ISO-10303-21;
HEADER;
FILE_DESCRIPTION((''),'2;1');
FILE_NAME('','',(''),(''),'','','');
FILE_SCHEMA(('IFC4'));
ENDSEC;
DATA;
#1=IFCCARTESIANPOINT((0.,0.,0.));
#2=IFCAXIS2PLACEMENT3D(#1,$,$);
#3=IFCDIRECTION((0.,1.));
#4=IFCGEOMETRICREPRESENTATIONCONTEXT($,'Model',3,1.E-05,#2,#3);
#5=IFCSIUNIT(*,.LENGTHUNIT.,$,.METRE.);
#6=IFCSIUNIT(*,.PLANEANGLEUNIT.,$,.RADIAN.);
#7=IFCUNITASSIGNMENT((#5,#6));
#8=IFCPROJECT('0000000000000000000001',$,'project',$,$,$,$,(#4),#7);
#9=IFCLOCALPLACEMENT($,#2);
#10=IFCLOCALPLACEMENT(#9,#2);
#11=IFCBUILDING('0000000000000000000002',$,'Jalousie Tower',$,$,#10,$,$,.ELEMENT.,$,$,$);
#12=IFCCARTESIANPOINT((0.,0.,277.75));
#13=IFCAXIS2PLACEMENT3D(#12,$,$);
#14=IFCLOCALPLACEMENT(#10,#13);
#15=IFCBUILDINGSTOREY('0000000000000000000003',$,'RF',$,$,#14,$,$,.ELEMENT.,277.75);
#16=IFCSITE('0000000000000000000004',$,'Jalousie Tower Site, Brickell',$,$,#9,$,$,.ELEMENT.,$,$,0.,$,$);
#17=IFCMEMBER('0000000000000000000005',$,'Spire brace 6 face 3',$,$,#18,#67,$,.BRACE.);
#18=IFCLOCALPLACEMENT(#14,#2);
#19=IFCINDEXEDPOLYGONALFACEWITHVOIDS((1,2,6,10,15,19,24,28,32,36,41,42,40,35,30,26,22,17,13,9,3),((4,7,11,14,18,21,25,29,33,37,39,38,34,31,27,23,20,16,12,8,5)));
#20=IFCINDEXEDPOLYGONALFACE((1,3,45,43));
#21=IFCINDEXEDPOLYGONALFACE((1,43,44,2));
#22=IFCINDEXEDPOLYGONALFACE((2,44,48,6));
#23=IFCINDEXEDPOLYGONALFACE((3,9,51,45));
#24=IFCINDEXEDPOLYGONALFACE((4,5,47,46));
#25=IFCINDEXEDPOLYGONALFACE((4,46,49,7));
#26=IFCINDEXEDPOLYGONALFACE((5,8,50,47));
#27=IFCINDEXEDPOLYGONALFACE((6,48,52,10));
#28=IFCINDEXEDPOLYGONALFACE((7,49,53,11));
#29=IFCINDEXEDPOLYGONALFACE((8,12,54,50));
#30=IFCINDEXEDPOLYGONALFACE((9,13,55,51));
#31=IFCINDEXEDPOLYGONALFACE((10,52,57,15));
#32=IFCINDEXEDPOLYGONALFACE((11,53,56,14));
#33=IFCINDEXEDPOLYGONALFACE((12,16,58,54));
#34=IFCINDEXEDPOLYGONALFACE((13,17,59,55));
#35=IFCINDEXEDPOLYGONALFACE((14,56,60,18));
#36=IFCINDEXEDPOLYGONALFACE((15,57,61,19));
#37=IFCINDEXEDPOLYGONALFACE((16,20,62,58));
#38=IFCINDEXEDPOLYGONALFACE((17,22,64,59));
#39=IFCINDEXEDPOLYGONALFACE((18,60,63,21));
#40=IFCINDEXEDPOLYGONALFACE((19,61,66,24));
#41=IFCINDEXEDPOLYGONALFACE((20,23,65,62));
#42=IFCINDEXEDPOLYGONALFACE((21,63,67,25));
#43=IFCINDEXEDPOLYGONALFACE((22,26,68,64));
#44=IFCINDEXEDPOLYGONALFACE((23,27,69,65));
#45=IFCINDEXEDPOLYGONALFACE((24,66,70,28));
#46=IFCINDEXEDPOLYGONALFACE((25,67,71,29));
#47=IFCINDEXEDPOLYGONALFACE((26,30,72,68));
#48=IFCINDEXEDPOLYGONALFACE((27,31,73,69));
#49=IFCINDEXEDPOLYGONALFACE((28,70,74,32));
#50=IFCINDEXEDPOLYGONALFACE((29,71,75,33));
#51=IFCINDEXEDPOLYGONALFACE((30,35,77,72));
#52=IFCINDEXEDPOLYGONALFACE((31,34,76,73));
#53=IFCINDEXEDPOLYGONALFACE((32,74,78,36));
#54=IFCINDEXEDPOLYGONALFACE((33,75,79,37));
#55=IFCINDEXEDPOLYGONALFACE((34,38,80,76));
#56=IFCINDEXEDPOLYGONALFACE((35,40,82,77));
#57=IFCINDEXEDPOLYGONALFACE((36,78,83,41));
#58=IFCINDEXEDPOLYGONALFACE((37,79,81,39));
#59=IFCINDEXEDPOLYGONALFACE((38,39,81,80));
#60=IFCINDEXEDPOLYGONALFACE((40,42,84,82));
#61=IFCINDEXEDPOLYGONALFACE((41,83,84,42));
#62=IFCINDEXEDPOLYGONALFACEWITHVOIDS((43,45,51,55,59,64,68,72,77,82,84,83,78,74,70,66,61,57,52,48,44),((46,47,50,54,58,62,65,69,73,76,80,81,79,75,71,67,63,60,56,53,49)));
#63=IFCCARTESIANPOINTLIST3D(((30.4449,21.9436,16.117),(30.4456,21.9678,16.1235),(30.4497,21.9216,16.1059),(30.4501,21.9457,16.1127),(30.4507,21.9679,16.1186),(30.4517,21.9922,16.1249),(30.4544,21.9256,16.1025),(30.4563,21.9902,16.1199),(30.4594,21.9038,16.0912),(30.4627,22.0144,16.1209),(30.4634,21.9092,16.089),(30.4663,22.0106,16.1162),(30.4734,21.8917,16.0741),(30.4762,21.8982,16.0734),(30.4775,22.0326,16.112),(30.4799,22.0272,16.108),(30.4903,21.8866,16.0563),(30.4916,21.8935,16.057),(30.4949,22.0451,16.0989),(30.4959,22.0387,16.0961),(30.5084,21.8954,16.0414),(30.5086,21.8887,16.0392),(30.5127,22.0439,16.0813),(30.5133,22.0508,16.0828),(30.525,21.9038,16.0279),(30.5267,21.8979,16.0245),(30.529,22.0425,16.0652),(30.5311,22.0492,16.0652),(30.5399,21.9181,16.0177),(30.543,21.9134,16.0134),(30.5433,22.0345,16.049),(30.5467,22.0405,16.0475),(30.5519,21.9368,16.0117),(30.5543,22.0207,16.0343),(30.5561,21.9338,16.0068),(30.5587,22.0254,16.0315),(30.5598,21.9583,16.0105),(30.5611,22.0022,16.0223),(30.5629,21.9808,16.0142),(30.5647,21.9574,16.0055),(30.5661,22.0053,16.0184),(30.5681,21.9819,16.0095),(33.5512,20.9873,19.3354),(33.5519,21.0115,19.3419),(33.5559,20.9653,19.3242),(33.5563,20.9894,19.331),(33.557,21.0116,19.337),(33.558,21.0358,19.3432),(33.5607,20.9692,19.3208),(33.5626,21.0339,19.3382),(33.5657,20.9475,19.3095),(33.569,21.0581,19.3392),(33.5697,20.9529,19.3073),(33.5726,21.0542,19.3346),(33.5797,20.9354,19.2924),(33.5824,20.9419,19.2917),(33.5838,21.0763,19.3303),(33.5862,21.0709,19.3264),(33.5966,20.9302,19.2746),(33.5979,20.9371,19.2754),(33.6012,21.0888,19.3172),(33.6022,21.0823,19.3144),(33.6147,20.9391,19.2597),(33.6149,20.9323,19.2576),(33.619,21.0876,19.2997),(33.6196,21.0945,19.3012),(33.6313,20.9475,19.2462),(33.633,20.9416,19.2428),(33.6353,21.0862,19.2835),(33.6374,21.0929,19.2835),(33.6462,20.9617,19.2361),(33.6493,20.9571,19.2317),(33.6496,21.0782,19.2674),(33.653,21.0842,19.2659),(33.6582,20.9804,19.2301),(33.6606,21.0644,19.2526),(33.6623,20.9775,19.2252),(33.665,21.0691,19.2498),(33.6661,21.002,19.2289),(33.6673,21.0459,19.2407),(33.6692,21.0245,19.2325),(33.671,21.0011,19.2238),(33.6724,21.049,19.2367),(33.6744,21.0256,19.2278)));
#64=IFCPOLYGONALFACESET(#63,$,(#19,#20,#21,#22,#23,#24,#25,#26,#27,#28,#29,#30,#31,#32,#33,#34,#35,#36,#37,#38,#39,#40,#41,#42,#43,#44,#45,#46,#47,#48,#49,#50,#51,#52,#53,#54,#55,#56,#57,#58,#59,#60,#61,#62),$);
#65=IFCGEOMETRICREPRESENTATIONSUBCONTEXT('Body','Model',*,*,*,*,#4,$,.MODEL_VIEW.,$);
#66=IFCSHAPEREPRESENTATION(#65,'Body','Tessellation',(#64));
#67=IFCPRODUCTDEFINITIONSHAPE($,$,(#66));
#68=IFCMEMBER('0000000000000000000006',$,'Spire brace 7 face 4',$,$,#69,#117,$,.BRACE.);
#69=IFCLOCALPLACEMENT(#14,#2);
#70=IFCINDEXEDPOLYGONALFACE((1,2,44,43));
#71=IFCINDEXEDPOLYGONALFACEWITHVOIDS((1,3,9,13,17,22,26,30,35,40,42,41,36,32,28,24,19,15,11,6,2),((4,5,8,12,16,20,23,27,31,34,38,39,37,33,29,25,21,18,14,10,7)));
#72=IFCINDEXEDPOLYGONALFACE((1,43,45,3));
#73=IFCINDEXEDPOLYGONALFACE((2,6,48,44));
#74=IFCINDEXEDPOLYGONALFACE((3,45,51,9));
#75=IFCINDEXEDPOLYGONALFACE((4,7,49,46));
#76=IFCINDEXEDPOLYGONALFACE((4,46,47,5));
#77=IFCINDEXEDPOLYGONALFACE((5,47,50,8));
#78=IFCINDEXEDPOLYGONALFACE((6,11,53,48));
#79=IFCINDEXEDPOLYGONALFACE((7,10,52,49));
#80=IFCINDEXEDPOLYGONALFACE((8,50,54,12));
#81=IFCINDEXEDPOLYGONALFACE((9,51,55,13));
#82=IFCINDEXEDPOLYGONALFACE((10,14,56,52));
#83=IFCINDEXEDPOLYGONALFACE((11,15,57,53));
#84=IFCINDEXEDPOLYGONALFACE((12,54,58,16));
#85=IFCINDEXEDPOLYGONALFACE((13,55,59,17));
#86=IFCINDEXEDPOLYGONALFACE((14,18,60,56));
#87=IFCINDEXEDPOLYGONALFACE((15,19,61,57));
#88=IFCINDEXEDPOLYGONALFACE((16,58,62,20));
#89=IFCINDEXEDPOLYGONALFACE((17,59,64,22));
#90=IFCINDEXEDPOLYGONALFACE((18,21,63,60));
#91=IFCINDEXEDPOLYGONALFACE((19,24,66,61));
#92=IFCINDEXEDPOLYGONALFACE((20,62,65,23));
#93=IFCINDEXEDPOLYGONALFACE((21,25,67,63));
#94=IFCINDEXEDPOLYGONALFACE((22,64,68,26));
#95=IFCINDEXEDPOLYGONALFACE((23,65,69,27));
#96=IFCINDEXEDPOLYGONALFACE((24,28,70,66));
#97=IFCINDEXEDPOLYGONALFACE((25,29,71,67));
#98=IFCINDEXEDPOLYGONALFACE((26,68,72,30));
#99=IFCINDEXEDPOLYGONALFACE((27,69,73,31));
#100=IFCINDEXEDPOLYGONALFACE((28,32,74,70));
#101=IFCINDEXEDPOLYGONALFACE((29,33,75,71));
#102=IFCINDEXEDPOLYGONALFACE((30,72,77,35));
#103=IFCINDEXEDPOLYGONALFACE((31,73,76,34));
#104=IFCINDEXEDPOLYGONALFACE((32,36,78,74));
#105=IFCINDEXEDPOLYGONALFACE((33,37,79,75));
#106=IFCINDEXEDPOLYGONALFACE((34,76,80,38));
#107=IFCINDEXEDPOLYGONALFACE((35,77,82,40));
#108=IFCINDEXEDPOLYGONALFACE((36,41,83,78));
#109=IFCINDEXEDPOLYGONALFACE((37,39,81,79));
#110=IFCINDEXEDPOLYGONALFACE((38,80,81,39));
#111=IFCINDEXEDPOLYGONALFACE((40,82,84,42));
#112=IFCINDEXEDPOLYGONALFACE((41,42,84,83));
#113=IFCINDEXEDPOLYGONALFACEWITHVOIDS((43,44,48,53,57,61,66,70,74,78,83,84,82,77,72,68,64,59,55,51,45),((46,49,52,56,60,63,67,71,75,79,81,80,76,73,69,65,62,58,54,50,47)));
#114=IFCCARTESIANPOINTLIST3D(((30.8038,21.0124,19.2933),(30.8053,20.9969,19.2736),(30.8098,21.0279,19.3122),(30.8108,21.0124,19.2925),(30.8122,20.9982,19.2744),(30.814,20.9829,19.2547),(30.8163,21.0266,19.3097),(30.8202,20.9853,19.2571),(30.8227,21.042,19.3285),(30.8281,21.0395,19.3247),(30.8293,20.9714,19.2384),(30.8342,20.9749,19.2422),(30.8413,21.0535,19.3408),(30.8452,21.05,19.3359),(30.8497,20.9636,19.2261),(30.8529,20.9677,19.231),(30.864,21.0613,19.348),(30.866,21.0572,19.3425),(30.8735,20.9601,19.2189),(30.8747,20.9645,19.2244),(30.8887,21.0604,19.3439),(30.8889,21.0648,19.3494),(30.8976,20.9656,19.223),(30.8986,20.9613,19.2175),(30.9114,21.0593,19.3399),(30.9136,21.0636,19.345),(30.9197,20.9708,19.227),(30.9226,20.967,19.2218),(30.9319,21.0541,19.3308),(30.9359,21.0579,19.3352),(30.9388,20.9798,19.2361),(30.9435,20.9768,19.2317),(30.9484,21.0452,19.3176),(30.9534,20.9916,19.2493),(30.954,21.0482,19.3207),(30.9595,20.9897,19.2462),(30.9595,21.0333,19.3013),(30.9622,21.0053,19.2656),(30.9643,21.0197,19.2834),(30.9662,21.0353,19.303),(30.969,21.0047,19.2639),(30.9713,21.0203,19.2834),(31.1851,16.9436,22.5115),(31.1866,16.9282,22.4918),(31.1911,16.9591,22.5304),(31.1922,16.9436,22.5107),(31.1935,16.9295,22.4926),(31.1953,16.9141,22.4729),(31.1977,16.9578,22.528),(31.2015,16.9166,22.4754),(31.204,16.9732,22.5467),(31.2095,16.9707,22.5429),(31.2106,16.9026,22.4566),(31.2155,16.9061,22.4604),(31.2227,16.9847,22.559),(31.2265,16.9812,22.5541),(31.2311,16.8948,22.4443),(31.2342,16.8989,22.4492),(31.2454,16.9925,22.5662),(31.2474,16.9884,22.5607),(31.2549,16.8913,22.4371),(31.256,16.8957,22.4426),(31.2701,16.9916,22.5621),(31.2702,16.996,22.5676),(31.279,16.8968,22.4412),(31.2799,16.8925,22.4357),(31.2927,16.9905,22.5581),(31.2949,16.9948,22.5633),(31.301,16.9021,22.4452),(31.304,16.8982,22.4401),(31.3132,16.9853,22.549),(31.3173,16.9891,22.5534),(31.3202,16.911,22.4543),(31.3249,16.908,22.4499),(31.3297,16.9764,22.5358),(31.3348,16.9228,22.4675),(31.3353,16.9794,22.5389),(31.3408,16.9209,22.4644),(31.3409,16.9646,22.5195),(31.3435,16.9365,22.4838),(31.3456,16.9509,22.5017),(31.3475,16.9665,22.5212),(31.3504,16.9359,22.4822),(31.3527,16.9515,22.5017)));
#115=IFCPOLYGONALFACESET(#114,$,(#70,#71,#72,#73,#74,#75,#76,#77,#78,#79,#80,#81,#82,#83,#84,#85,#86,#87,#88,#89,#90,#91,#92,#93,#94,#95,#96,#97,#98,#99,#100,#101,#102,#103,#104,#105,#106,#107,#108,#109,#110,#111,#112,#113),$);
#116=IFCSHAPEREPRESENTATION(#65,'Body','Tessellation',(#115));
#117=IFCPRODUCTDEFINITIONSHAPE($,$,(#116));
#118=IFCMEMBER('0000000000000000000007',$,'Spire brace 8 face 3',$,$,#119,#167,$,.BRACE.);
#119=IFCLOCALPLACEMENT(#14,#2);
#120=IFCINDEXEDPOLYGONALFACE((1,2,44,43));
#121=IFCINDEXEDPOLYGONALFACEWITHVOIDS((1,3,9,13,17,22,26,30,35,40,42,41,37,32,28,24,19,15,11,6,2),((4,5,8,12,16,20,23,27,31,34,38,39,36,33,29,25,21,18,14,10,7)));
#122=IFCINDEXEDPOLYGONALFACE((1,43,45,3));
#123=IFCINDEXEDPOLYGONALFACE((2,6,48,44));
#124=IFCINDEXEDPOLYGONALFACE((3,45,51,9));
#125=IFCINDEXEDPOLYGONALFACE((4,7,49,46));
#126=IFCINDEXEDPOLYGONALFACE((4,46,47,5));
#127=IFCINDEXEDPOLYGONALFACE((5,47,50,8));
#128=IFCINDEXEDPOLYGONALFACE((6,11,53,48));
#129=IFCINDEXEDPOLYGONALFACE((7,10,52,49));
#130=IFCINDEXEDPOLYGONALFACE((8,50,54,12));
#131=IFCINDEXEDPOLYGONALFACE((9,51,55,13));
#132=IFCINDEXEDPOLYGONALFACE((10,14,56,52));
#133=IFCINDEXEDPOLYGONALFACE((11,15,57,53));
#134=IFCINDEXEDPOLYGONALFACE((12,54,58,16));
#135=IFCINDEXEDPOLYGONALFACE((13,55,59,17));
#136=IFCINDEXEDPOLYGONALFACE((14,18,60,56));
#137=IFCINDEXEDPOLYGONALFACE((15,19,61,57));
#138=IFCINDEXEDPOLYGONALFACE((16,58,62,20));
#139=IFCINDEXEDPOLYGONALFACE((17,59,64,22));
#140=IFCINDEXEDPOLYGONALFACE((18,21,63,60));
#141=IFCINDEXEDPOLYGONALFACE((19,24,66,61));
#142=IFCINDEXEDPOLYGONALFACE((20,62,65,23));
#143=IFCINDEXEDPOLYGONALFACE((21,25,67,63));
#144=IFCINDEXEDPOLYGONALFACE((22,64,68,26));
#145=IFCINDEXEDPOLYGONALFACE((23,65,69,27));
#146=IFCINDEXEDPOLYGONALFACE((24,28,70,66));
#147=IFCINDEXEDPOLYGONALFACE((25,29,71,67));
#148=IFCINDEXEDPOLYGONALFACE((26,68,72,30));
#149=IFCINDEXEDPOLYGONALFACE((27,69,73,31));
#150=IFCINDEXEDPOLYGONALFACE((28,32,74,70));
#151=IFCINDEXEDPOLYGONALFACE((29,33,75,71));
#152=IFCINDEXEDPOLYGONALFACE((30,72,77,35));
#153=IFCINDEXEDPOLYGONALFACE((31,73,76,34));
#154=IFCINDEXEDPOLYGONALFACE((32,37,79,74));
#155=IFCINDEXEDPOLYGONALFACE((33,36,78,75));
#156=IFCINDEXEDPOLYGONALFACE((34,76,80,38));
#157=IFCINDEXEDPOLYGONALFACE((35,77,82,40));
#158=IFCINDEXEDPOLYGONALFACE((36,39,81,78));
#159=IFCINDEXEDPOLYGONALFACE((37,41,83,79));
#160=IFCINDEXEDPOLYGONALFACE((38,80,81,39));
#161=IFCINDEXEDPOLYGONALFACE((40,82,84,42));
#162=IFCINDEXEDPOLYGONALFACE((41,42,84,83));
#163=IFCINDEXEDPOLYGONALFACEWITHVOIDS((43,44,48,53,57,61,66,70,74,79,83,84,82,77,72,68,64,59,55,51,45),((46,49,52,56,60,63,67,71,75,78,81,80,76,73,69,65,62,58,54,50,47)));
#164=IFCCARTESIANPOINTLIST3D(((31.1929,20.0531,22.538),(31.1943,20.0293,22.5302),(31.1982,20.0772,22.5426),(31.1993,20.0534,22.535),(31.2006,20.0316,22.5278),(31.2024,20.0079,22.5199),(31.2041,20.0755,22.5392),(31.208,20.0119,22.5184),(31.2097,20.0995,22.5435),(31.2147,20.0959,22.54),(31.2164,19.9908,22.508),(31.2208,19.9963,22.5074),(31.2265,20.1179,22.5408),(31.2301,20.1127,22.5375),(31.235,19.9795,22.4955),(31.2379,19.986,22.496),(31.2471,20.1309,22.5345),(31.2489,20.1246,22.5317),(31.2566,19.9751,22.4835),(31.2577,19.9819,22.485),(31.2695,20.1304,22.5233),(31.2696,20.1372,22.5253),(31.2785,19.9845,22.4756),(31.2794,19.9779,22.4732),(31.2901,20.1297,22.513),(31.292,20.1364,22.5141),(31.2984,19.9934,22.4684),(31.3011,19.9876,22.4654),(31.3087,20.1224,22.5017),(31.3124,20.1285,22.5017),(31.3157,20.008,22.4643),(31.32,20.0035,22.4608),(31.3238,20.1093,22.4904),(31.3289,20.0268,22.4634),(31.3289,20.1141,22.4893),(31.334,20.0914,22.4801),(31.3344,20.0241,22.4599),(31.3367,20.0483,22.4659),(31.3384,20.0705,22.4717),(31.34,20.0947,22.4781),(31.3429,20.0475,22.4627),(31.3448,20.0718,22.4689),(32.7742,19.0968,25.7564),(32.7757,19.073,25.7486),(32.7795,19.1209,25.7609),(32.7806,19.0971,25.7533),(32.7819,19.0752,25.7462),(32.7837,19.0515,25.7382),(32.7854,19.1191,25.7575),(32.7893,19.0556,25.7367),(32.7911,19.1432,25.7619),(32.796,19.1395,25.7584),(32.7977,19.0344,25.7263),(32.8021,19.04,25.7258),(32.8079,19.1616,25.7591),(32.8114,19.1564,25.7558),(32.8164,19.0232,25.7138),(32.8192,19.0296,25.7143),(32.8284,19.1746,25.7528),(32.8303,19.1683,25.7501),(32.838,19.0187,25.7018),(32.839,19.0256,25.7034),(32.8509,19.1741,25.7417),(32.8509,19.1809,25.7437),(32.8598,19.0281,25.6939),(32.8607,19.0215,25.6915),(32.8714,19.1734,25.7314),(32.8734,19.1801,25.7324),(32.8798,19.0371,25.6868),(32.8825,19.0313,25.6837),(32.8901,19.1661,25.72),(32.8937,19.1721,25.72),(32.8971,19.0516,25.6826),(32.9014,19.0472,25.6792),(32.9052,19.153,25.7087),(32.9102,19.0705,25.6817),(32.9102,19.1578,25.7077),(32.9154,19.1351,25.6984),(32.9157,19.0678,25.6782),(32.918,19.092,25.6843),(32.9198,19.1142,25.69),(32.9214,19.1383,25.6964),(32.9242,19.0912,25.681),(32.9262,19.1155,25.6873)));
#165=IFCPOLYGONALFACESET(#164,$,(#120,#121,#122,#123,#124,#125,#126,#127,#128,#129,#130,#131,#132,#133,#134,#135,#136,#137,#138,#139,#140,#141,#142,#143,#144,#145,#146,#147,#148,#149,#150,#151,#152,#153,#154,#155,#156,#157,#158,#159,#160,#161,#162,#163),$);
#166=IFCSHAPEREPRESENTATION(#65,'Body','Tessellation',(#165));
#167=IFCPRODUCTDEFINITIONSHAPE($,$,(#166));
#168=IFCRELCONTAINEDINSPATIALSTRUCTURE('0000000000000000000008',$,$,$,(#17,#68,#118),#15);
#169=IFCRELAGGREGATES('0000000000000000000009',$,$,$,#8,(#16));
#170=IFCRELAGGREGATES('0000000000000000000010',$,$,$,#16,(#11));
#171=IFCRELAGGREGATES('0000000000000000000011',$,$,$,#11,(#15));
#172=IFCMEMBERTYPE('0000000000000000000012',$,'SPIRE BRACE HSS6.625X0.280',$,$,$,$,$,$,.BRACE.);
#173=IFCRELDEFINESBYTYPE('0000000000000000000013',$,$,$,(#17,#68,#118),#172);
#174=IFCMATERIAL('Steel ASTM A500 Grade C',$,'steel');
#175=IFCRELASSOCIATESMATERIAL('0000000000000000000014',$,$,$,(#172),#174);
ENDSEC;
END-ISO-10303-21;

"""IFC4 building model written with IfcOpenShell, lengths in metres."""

from ifc_helpers import new_model, si_unit, direction, frame, origin, origin_2d, place, context, subcontext, project, spatial, hollow_circle, extrude, material, material_profile, profile_set, type_object, element, save


model = new_model("IFC4")

# Units and contexts
model_context = context("Model", 3, precision=1e-05, world=origin(), true_north=direction((0.0, 1.0)))
body_context = subcontext(model_context, "Body", "Model", "MODEL_VIEW")
ifc_project = project(units=[si_unit("LENGTHUNIT", "METRE"), si_unit("PLANEANGLEUNIT", "RADIAN")], contexts=[model_context])

# Site, building, storey
site_placement = place(None, origin())
site = spatial("IfcSite", under=ifc_project, at=site_placement, Name="Jalousie Tower Site, Brickell", CompositionType="ELEMENT", RefElevation=0.0)
building_placement = place(site_placement, origin())
building = spatial("IfcBuilding", under=site, at=building_placement, Name="Jalousie Tower", CompositionType="ELEMENT")
storey_placement = place(building_placement, frame((0.0, 0.0, 277.75)))
storey = spatial("IfcBuildingStorey", under=building, at=storey_placement, Name="RF", CompositionType="ELEMENT", Elevation=277.75)

# Members
ifc_material_1 = material(Name="Steel ASTM A500 Grade C", Category="steel")
ifc_material_profile_1 = material_profile(ifc_material_1, hollow_circle(Radius=0.0842, WallThickness=0.0071, at=origin_2d()), Name="HSS6.625X0.280")
ifc_profile_set_1 = profile_set([ifc_material_profile_1], Name="Steel ASTM A500 Grade C")
member_type_1 = type_object("IfcMemberType", Name="SPIRE BRACE HSS6.625X0.280", PredefinedType="BRACE", material=ifc_profile_set_1)
member_1_placement = place(storey_placement, frame((30.5063, 21.9688, 16.0652), z_axis=(0.67912, -0.209079, 0.70362), x_axis=(0.294239, 0.955732, 0.0)))
element("IfcMember", 1, at=member_1_placement, inside=storey, type_object=member_type_1, Name="Spire brace 6 face 3", PredefinedType="BRACE", context=body_context, shape_type="SweptSolid", body=[
    extrude(hollow_circle(Radius=0.0842, WallThickness=0.0071, at=origin_2d()), origin(), (0.0, 0.0, 1.0), 4.574),
])
member_2_placement = place(storey_placement, frame((30.8875, 21.0125, 19.2834), z_axis=(0.073311, -0.782208, 0.618689), x_axis=(0.995637, 0.093315, 0.0)))
element("IfcMember", 2, at=member_2_placement, inside=storey, type_object=member_type_1, Name="Spire brace 7 face 4", PredefinedType="BRACE", context=body_context, shape_type="SweptSolid", body=[
    extrude(hollow_circle(Radius=0.0842, WallThickness=0.0071, at=origin_2d()), origin(), (0.0, 0.0, 1.0), 5.2017),
])
member_3_placement = place(storey_placement, frame((31.2688, 20.0564, 22.5017), z_axis=(0.4261, -0.257686, 0.8672), x_axis=(0.517485, 0.855693, 0.0)))
element("IfcMember", 3, at=member_3_placement, inside=storey, type_object=member_type_1, Name="Spire brace 8 face 3", PredefinedType="BRACE", context=body_context, shape_type="SweptSolid", body=[
    extrude(hollow_circle(Radius=0.0842, WallThickness=0.0071, at=origin_2d()), origin(), (0.0, 0.0, 1.0), 3.7112),
])

save(model, "model.ifc")
